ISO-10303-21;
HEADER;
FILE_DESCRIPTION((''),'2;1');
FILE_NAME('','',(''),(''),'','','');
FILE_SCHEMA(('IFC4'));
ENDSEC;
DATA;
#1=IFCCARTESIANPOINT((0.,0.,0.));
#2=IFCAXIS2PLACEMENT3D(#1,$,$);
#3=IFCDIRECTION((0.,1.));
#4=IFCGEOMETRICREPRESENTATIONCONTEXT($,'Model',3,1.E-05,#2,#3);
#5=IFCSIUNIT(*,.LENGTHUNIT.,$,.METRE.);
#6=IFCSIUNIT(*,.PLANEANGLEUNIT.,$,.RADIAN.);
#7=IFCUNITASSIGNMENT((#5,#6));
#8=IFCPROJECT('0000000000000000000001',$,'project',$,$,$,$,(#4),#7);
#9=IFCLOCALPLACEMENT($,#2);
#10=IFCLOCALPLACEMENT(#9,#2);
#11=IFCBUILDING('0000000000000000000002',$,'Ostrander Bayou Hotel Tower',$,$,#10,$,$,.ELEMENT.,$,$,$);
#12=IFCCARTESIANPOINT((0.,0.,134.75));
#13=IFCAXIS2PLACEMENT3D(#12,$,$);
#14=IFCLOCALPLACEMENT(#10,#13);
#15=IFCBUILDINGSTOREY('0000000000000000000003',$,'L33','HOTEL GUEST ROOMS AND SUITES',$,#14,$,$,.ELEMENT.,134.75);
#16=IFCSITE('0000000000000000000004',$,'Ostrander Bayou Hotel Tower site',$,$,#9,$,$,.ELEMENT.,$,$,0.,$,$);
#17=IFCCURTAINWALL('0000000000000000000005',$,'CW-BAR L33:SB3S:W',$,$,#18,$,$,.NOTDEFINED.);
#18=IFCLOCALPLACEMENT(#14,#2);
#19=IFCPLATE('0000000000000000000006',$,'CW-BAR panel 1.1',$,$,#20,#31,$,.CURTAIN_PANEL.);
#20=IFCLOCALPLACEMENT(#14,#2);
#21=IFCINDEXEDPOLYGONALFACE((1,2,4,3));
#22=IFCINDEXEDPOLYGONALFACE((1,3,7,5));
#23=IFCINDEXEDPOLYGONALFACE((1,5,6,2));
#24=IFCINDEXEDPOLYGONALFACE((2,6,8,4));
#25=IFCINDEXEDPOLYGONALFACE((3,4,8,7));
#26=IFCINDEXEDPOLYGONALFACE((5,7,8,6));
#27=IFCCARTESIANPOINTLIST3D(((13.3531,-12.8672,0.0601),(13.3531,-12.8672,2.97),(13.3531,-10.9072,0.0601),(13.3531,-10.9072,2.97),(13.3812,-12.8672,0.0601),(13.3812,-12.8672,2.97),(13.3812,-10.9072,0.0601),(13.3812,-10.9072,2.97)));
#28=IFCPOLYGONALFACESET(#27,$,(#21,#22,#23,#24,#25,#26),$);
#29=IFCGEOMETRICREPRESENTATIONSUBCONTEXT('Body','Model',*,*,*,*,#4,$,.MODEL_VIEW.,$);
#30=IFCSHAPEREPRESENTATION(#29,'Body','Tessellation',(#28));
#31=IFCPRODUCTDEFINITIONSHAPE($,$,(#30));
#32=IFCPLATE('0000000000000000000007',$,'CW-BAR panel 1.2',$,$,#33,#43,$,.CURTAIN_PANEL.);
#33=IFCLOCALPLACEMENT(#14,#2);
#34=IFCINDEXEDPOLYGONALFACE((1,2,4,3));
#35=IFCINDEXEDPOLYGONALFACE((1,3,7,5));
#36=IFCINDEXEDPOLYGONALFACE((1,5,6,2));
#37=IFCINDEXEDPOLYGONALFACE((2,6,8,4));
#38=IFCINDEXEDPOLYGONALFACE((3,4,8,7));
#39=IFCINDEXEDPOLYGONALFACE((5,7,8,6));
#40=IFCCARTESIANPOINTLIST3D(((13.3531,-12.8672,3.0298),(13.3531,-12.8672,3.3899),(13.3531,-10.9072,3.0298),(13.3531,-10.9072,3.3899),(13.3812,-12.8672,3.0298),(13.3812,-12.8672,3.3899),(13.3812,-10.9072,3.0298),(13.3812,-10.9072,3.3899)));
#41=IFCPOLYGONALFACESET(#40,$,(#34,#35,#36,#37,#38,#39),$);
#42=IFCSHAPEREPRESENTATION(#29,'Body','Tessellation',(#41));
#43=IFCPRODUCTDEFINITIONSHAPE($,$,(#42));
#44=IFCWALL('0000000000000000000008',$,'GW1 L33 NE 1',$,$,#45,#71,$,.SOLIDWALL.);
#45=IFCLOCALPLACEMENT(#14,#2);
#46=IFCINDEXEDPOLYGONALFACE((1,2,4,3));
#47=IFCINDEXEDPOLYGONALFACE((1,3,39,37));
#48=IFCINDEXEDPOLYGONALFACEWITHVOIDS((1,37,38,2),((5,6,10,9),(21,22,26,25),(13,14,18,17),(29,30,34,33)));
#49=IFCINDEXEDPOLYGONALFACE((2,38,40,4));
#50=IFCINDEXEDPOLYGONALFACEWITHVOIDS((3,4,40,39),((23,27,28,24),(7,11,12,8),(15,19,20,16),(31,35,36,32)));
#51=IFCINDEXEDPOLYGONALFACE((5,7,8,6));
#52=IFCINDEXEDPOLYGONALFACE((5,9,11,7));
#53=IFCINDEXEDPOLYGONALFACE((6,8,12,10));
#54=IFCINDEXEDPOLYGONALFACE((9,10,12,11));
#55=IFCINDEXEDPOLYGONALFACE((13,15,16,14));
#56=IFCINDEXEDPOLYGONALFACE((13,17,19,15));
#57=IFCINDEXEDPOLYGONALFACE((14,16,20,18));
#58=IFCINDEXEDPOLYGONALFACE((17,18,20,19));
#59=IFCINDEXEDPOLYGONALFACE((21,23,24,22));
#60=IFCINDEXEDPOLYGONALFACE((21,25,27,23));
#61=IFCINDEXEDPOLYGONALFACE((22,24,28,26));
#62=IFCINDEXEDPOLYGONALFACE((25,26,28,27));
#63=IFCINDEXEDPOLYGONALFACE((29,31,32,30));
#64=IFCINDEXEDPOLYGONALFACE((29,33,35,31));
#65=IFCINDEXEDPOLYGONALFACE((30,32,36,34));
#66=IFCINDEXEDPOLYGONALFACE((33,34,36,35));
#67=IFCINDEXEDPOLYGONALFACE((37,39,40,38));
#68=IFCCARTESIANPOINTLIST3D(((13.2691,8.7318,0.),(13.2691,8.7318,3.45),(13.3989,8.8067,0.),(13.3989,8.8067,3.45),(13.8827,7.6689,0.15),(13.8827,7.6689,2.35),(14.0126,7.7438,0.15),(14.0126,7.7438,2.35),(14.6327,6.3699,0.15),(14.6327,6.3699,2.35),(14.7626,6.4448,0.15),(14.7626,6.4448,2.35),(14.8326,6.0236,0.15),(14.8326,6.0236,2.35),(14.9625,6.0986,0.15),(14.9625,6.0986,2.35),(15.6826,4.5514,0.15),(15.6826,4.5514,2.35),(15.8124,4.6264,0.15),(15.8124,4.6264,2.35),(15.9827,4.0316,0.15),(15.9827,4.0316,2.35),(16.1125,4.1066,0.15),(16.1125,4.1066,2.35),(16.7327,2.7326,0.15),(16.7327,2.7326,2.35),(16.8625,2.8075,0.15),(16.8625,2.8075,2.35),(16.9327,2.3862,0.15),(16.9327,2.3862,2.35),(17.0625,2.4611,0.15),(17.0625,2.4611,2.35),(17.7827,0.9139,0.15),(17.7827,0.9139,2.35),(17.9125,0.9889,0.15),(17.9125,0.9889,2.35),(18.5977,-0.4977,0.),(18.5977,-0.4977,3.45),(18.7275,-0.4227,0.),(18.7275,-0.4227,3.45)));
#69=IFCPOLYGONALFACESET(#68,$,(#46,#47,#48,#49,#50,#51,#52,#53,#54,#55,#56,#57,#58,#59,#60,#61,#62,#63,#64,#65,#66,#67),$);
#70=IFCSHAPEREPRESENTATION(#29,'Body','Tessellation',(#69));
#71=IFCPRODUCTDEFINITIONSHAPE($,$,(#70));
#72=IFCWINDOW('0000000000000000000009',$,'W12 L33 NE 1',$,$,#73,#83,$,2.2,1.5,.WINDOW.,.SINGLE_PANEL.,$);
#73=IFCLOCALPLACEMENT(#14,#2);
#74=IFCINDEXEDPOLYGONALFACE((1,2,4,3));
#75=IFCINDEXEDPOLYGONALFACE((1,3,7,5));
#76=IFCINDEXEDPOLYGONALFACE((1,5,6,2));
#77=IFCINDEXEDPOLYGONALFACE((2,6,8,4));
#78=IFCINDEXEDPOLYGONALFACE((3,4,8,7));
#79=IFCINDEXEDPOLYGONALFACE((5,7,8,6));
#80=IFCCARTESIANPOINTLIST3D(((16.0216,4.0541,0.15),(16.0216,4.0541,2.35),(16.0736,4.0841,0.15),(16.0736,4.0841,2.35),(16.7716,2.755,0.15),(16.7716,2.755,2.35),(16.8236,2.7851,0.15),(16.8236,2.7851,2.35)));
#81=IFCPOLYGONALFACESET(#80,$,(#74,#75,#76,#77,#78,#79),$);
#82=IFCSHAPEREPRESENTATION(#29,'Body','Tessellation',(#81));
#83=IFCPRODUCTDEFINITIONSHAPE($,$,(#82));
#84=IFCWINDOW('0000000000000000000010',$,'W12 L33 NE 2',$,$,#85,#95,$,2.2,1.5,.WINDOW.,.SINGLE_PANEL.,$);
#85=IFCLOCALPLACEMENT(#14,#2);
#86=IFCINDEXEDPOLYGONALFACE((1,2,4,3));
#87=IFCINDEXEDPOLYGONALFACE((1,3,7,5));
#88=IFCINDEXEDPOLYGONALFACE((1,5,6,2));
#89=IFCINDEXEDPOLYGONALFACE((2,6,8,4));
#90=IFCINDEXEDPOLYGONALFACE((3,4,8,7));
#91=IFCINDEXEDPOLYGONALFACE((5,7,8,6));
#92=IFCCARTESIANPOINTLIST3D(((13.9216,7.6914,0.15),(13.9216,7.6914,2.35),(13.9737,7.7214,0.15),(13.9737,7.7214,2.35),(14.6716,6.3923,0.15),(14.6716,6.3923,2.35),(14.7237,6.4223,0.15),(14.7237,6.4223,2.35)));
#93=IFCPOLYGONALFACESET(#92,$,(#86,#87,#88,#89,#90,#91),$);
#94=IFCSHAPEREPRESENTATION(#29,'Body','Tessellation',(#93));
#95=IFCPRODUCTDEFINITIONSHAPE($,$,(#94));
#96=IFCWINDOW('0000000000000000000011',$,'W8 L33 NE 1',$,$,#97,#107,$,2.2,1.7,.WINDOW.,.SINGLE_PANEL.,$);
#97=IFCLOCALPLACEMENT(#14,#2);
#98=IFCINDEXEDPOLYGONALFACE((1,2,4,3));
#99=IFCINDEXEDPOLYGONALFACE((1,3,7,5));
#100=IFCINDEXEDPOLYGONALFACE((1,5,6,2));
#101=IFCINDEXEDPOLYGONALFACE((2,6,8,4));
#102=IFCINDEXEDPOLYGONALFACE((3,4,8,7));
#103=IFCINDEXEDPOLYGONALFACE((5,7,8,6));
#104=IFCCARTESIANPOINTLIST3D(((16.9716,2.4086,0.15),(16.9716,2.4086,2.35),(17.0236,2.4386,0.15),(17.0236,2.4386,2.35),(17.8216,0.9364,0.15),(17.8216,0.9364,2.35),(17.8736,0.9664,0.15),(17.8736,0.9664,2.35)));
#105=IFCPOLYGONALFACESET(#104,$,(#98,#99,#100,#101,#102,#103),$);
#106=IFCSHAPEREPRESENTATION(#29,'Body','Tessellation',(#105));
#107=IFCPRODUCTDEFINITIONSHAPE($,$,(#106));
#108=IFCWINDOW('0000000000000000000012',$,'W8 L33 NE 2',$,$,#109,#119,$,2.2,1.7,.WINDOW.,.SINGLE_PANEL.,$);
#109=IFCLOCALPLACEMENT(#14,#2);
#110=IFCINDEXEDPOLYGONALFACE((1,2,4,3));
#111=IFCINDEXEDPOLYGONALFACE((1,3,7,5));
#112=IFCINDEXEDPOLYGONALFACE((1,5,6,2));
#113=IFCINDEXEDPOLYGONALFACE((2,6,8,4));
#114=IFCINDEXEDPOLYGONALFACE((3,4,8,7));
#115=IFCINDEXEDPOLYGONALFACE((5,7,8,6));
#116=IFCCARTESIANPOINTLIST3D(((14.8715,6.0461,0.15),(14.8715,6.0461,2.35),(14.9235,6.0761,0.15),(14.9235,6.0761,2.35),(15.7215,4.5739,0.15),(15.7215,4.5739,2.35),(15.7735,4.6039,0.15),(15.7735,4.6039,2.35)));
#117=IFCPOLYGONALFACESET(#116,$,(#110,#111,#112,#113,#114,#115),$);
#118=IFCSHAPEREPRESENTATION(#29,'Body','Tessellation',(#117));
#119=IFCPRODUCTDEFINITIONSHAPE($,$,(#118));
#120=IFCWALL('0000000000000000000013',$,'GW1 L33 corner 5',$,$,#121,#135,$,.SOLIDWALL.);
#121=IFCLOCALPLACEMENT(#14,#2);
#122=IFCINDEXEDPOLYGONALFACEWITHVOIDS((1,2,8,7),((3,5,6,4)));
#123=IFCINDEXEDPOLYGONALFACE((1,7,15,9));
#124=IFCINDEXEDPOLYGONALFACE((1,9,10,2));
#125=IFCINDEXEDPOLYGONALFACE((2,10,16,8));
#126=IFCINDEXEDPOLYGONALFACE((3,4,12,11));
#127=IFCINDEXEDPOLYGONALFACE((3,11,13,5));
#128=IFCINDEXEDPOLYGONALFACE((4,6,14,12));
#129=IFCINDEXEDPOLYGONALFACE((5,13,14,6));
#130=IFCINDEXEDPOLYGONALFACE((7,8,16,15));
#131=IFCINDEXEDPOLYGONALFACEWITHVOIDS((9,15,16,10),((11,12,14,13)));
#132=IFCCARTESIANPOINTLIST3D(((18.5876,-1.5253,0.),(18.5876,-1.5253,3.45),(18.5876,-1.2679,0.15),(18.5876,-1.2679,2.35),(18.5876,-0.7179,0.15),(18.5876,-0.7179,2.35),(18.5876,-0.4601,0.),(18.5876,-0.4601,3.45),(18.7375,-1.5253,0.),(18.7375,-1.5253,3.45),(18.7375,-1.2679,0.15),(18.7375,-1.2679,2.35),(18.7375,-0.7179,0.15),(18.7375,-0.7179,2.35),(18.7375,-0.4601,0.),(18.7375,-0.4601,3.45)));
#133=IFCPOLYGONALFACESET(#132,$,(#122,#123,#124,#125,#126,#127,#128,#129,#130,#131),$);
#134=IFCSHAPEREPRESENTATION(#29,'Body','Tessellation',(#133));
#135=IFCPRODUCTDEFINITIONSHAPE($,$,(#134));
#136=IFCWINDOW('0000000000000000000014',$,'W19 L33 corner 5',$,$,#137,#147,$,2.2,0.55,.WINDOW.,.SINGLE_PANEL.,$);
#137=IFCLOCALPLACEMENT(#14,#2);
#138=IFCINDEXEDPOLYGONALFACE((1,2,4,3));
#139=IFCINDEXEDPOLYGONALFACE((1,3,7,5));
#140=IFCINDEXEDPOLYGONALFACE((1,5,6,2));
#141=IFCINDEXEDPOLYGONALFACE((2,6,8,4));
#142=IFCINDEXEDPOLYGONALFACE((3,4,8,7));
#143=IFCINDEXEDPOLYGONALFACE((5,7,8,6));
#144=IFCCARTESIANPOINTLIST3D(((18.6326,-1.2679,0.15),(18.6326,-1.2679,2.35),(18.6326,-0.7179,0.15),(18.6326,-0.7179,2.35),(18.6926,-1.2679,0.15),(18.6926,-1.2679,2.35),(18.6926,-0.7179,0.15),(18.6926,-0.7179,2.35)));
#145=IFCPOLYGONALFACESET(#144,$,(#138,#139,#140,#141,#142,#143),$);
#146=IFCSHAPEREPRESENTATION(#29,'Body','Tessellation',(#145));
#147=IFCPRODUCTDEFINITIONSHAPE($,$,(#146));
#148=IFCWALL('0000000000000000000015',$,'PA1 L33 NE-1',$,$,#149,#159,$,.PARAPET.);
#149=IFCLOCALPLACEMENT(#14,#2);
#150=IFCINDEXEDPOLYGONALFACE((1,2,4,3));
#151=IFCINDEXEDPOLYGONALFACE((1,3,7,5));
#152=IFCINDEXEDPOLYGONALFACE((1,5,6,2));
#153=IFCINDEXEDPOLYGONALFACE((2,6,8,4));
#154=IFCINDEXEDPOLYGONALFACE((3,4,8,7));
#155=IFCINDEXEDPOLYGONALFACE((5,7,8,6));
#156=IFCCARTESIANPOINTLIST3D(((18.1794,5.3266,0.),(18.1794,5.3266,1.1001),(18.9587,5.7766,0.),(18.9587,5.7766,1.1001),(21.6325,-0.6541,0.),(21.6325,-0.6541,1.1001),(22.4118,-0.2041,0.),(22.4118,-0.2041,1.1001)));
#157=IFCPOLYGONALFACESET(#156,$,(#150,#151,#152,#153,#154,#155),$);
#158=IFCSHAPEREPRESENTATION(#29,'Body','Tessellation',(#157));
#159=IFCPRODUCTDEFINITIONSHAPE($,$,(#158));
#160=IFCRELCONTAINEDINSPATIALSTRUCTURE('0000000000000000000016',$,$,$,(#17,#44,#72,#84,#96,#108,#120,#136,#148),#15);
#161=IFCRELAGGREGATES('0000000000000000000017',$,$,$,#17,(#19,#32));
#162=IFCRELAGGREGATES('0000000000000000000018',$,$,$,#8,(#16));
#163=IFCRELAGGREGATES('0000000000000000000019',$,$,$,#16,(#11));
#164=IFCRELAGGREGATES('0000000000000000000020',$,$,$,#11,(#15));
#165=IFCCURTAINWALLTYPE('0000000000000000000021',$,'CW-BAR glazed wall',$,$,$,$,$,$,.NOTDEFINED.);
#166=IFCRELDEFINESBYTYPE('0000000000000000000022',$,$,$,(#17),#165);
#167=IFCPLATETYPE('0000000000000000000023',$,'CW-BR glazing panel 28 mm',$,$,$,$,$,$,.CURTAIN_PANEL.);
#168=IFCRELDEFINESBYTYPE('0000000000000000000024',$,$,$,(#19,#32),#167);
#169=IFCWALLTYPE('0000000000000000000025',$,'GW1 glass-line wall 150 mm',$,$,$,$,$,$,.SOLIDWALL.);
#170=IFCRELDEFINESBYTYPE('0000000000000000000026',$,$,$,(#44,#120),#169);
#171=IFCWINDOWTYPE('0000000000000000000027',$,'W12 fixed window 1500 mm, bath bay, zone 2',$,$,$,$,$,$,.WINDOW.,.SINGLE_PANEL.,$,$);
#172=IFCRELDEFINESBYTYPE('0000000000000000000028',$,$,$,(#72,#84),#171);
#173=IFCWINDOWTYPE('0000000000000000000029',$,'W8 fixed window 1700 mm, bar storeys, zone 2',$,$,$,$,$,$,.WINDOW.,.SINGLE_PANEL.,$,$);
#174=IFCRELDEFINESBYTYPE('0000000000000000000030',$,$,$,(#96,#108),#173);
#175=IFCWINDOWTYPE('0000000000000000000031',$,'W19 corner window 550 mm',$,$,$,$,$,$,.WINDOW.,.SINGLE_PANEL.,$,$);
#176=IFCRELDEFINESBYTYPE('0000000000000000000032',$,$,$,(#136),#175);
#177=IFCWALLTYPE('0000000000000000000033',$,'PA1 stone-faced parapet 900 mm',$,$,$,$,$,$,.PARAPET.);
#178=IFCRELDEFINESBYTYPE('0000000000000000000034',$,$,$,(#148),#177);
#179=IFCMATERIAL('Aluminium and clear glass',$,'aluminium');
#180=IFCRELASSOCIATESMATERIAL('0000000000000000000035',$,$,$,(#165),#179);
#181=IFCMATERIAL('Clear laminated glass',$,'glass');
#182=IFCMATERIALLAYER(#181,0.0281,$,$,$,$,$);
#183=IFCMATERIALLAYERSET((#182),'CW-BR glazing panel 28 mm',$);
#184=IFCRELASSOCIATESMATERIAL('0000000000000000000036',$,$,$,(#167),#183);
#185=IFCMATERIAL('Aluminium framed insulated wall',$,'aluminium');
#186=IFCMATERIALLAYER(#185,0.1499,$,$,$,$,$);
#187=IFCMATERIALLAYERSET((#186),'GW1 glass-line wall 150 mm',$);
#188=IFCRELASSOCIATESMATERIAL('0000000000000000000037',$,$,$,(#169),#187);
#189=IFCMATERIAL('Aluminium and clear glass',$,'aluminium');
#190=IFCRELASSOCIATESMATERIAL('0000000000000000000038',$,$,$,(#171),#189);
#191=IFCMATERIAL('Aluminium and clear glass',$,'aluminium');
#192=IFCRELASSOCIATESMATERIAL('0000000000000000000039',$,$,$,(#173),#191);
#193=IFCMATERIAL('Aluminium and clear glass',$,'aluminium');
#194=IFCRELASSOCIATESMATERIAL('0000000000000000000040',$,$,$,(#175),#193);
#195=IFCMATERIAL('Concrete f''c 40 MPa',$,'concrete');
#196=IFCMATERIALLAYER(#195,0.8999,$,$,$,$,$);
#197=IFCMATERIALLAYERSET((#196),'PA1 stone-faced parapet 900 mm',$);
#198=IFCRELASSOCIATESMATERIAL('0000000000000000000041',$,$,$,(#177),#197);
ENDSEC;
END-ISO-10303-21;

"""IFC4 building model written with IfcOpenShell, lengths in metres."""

from ifc_helpers import new_model, si_unit, direction, frame, frame_2d, origin, origin_2d, place, context, subcontext, project, spatial, rectangle, extrude, material, layer, layer_set, type_object, element, fill, aggregate, save


model = new_model("IFC4")

# Units and contexts
model_context = context("Model", 3, precision=1e-05, world=origin(), true_north=direction((0.0, 1.0)))
body_context = subcontext(model_context, "Body", "Model", "MODEL_VIEW")
ifc_project = project(units=[si_unit("LENGTHUNIT", "METRE"), si_unit("PLANEANGLEUNIT", "RADIAN")], contexts=[model_context])

# Site, building, storey
site_placement = place(None, origin())
site = spatial("IfcSite", under=ifc_project, at=site_placement, Name="Ostrander Bayou Hotel Tower site", CompositionType="ELEMENT", RefElevation=0.0)
building_placement = place(site_placement, origin())
building = spatial("IfcBuilding", under=site, at=building_placement, Name="Ostrander Bayou Hotel Tower", CompositionType="ELEMENT")
storey_placement = place(building_placement, frame((0.0, 0.0, 134.75)))
storey = spatial("IfcBuildingStorey", under=building, at=storey_placement, Name="L33", Description="HOTEL GUEST ROOMS AND SUITES", CompositionType="ELEMENT", Elevation=134.75)

# Curtain wall
ifc_material_1 = material(Name="Aluminium and clear glass", Category="aluminium")
curtain_wall_type = type_object("IfcCurtainWallType", Name="CW-BAR glazed wall", PredefinedType="NOTDEFINED", material=ifc_material_1)
curtain_wall_placement = place(storey_placement, origin())
curtain_wall = element("IfcCurtainWall", 1, at=curtain_wall_placement, inside=storey, type_object=curtain_wall_type, Name="CW-BAR L33:SB3S:W", PredefinedType="NOTDEFINED")

# Plates
ifc_material_2 = material(Name="Clear laminated glass", Category="glass")
ifc_layer_1 = layer(ifc_material_2, 0.0281)
ifc_layer_set_1 = layer_set([ifc_layer_1], Name="CW-BR glazing panel 28 mm")
plate_type = type_object("IfcPlateType", Name="CW-BR glazing panel 28 mm", PredefinedType="CURTAIN_PANEL", material=ifc_layer_set_1)
plate_1_placement = place(storey_placement, frame((13.3672, -11.8872, 0.0601), z_axis=(0.0, 0.0, 1.0), x_axis=(0.0, -1.0, 0.0)))
plate_1 = element("IfcPlate", 2, at=plate_1_placement, type_object=plate_type, Name="CW-BAR panel 1.1", PredefinedType="CURTAIN_PANEL", context=body_context, shape_type="SweptSolid", body=[
    extrude(rectangle(XDim=1.96, YDim=0.0281, at=origin_2d()), origin(), (0.0, 0.0, 1.0), 2.9099),
])
plate_2_placement = place(storey_placement, frame((13.3672, -11.8872, 3.0298), z_axis=(0.0, 0.0, 1.0), x_axis=(0.0, -1.0, 0.0)))
plate_2 = element("IfcPlate", 3, at=plate_2_placement, type_object=plate_type, Name="CW-BAR panel 1.2", PredefinedType="CURTAIN_PANEL", context=body_context, shape_type="SweptSolid", body=[
    extrude(rectangle(XDim=1.96, YDim=0.0281, at=origin_2d()), origin(), (0.0, 0.0, 1.0), 0.3601),
])
aggregate(curtain_wall, [plate_1, plate_2])

# Wall, openings, windows
ifc_material_3 = material(Name="Aluminium framed insulated wall", Category="aluminium")
ifc_layer_2 = layer(ifc_material_3, 0.1499)
ifc_layer_set_2 = layer_set([ifc_layer_2], Name="GW1 glass-line wall 150 mm")
wall_type_1 = type_object("IfcWallType", Name="GW1 glass-line wall 150 mm", PredefinedType="SOLIDWALL", material=ifc_layer_set_2)
wall_1_placement = place(storey_placement, frame((18.6626, -0.4602, 0.0), z_axis=(0.0, 0.0, 1.0), x_axis=(-0.499997, 0.866027, 0.0)))
wall_1 = element("IfcWall", 4, at=wall_1_placement, inside=storey, type_object=wall_type_1, Name="GW1 L33 NE 1", PredefinedType="SOLIDWALL", context=body_context, shape_type="SweptSolid", body=[
    extrude(rectangle(XDim=10.6572, YDim=0.1499, at=frame_2d((5.3286, 0.0))), origin(), (0.0, 0.0, 1.0), 3.45),
])
opening_1_placement = place(wall_1_placement, frame((1.6299, 0.0, 0.1499)))
opening_1 = element("IfcOpeningElement", 5, at=opening_1_placement, cuts=wall_1, PredefinedType="OPENING", context=body_context, shape_type="SweptSolid", body=[
    extrude(rectangle(XDim=1.7, YDim=2.2, at=frame_2d((0.8501, 1.1001))), frame((0.0, 0.075, 0.0), z_axis=(0.0, -1.0, 0.0), x_axis=(1.0, 0.0, 0.0)), (0.0, 0.0, 1.0), 0.1499),
])
opening_2_placement = place(wall_1_placement, frame((3.73, 0.0, 0.1499)))
opening_2 = element("IfcOpeningElement", 6, at=opening_2_placement, cuts=wall_1, PredefinedType="OPENING", context=body_context, shape_type="SweptSolid", body=[
    extrude(rectangle(XDim=1.5, YDim=2.2, at=frame_2d((0.75, 1.1001))), frame((0.0, 0.075, 0.0), z_axis=(0.0, -1.0, 0.0), x_axis=(1.0, 0.0, 0.0)), (0.0, 0.0, 1.0), 0.1499),
])
opening_3_placement = place(wall_1_placement, frame((5.8301, 0.0, 0.1499)))
opening_3 = element("IfcOpeningElement", 7, at=opening_3_placement, cuts=wall_1, PredefinedType="OPENING", context=body_context, shape_type="SweptSolid", body=[
    extrude(rectangle(XDim=1.7, YDim=2.2, at=frame_2d((0.8501, 1.1001))), frame((0.0, 0.075, 0.0), z_axis=(0.0, -1.0, 0.0), x_axis=(1.0, 0.0, 0.0)), (0.0, 0.0, 1.0), 0.1499),
])
opening_4_placement = place(wall_1_placement, frame((7.9299, 0.0, 0.1499)))
opening_4 = element("IfcOpeningElement", 8, at=opening_4_placement, cuts=wall_1, PredefinedType="OPENING", context=body_context, shape_type="SweptSolid", body=[
    extrude(rectangle(XDim=1.5, YDim=2.2, at=frame_2d((0.75, 1.1001))), frame((0.0, 0.075, 0.0), z_axis=(0.0, -1.0, 0.0), x_axis=(1.0, 0.0, 0.0)), (0.0, 0.0, 1.0), 0.1499),
])
ifc_material_4 = material(Name="Aluminium and clear glass", Category="aluminium")
window_type_1 = type_object("IfcWindowType", Name="W12 fixed window 1500 mm, bath bay, zone 2", PartitioningType="SINGLE_PANEL", PredefinedType="WINDOW", material=ifc_material_4)
window_1_placement = place(opening_2_placement, origin())
window_1 = element("IfcWindow", 9, at=window_1_placement, inside=storey, type_object=window_type_1, Name="W12 L33 NE 1", OverallHeight=2.2, OverallWidth=1.5, PartitioningType="SINGLE_PANEL", PredefinedType="WINDOW", context=body_context, shape_type="SweptSolid", body=[
    extrude(rectangle(XDim=1.5, YDim=2.2, at=frame_2d((0.75, 1.1001))), frame((0.0, 0.03, 0.0), z_axis=(0.0, -1.0, 0.0), x_axis=(1.0, 0.0, 0.0)), (0.0, 0.0, 1.0), 0.0601),
])
fill(opening_2, window_1)
window_2_placement = place(opening_4_placement, origin())
window_2 = element("IfcWindow", 10, at=window_2_placement, inside=storey, type_object=window_type_1, Name="W12 L33 NE 2", OverallHeight=2.2, OverallWidth=1.5, PartitioningType="SINGLE_PANEL", PredefinedType="WINDOW", context=body_context, shape_type="SweptSolid", body=[
    extrude(rectangle(XDim=1.5, YDim=2.2, at=frame_2d((0.75, 1.1001))), frame((0.0, 0.03, 0.0), z_axis=(0.0, -1.0, 0.0), x_axis=(1.0, 0.0, 0.0)), (0.0, 0.0, 1.0), 0.0601),
])
fill(opening_4, window_2)
ifc_material_5 = material(Name="Aluminium and clear glass", Category="aluminium")
window_type_2 = type_object("IfcWindowType", Name="W8 fixed window 1700 mm, bar storeys, zone 2", PartitioningType="SINGLE_PANEL", PredefinedType="WINDOW", material=ifc_material_5)
window_3_placement = place(opening_1_placement, origin())
window_3 = element("IfcWindow", 11, at=window_3_placement, inside=storey, type_object=window_type_2, Name="W8 L33 NE 1", OverallHeight=2.2, OverallWidth=1.7, PartitioningType="SINGLE_PANEL", PredefinedType="WINDOW", context=body_context, shape_type="SweptSolid", body=[
    extrude(rectangle(XDim=1.7, YDim=2.2, at=frame_2d((0.8501, 1.1001))), frame((0.0, 0.03, 0.0), z_axis=(0.0, -1.0, 0.0), x_axis=(1.0, 0.0, 0.0)), (0.0, 0.0, 1.0), 0.0601),
])
fill(opening_1, window_3)
window_4_placement = place(opening_3_placement, origin())
window_4 = element("IfcWindow", 12, at=window_4_placement, inside=storey, type_object=window_type_2, Name="W8 L33 NE 2", OverallHeight=2.2, OverallWidth=1.7, PartitioningType="SINGLE_PANEL", PredefinedType="WINDOW", context=body_context, shape_type="SweptSolid", body=[
    extrude(rectangle(XDim=1.7, YDim=2.2, at=frame_2d((0.8501, 1.1001))), frame((0.0, 0.03, 0.0), z_axis=(0.0, -1.0, 0.0), x_axis=(1.0, 0.0, 0.0)), (0.0, 0.0, 1.0), 0.0601),
])
fill(opening_3, window_4)

# Wall, opening, window
wall_2_placement = place(storey_placement, frame((18.6626, -1.5254, 0.0), z_axis=(0.0, 0.0, 1.0), x_axis=(0.0, 1.0, 0.0)))
wall_2 = element("IfcWall", 13, at=wall_2_placement, inside=storey, type_object=wall_type_1, Name="GW1 L33 corner 5", PredefinedType="SOLIDWALL", context=body_context, shape_type="SweptSolid", body=[
    extrude(rectangle(XDim=1.0652, YDim=0.1499, at=frame_2d((0.5327, 0.0))), origin(), (0.0, 0.0, 1.0), 3.45),
])
opening_5_placement = place(wall_2_placement, frame((0.2576, 0.0, 0.1499)))
opening_5 = element("IfcOpeningElement", 14, at=opening_5_placement, cuts=wall_2, PredefinedType="OPENING", context=body_context, shape_type="SweptSolid", body=[
    extrude(rectangle(XDim=0.55, YDim=2.2, at=frame_2d((0.2749, 1.1001))), frame((0.0, 0.075, 0.0), z_axis=(0.0, -1.0, 0.0), x_axis=(1.0, 0.0, 0.0)), (0.0, 0.0, 1.0), 0.1499),
])
ifc_material_6 = material(Name="Aluminium and clear glass", Category="aluminium")
window_type_3 = type_object("IfcWindowType", Name="W19 corner window 550 mm", PartitioningType="SINGLE_PANEL", PredefinedType="WINDOW", material=ifc_material_6)
window_5_placement = place(opening_5_placement, origin())
window_5 = element("IfcWindow", 15, at=window_5_placement, inside=storey, type_object=window_type_3, Name="W19 L33 corner 5", OverallHeight=2.2, OverallWidth=0.55, PartitioningType="SINGLE_PANEL", PredefinedType="WINDOW", context=body_context, shape_type="SweptSolid", body=[
    extrude(rectangle(XDim=0.55, YDim=2.2, at=frame_2d((0.2749, 1.1001))), frame((0.0, 0.03, 0.0), z_axis=(0.0, -1.0, 0.0), x_axis=(1.0, 0.0, 0.0)), (0.0, 0.0, 1.0), 0.0601),
])
fill(opening_5, window_5)

# Wall
ifc_material_7 = material(Name="Concrete f'c 40 MPa", Category="concrete")
ifc_layer_3 = layer(ifc_material_7, 0.8999)
ifc_layer_set_3 = layer_set([ifc_layer_3], Name="PA1 stone-faced parapet 900 mm")
wall_type_2 = type_object("IfcWallType", Name="PA1 stone-faced parapet 900 mm", PredefinedType="PARAPET", material=ifc_layer_set_3)
wall_3_placement = place(storey_placement, frame((22.0222, -0.4292, 0.0), z_axis=(0.0, 0.0, 1.0), x_axis=(-0.500017, 0.866015, 0.0)))
element("IfcWall", 16, at=wall_3_placement, inside=storey, type_object=wall_type_2, Name="PA1 L33 NE-1", PredefinedType="PARAPET", context=body_context, shape_type="SweptSolid", body=[
    extrude(rectangle(XDim=6.906, YDim=0.8999, at=frame_2d((3.4531, 0.0))), origin(), (0.0, 0.0, 1.0), 1.1001),
])

save(model, "model.ifc")
